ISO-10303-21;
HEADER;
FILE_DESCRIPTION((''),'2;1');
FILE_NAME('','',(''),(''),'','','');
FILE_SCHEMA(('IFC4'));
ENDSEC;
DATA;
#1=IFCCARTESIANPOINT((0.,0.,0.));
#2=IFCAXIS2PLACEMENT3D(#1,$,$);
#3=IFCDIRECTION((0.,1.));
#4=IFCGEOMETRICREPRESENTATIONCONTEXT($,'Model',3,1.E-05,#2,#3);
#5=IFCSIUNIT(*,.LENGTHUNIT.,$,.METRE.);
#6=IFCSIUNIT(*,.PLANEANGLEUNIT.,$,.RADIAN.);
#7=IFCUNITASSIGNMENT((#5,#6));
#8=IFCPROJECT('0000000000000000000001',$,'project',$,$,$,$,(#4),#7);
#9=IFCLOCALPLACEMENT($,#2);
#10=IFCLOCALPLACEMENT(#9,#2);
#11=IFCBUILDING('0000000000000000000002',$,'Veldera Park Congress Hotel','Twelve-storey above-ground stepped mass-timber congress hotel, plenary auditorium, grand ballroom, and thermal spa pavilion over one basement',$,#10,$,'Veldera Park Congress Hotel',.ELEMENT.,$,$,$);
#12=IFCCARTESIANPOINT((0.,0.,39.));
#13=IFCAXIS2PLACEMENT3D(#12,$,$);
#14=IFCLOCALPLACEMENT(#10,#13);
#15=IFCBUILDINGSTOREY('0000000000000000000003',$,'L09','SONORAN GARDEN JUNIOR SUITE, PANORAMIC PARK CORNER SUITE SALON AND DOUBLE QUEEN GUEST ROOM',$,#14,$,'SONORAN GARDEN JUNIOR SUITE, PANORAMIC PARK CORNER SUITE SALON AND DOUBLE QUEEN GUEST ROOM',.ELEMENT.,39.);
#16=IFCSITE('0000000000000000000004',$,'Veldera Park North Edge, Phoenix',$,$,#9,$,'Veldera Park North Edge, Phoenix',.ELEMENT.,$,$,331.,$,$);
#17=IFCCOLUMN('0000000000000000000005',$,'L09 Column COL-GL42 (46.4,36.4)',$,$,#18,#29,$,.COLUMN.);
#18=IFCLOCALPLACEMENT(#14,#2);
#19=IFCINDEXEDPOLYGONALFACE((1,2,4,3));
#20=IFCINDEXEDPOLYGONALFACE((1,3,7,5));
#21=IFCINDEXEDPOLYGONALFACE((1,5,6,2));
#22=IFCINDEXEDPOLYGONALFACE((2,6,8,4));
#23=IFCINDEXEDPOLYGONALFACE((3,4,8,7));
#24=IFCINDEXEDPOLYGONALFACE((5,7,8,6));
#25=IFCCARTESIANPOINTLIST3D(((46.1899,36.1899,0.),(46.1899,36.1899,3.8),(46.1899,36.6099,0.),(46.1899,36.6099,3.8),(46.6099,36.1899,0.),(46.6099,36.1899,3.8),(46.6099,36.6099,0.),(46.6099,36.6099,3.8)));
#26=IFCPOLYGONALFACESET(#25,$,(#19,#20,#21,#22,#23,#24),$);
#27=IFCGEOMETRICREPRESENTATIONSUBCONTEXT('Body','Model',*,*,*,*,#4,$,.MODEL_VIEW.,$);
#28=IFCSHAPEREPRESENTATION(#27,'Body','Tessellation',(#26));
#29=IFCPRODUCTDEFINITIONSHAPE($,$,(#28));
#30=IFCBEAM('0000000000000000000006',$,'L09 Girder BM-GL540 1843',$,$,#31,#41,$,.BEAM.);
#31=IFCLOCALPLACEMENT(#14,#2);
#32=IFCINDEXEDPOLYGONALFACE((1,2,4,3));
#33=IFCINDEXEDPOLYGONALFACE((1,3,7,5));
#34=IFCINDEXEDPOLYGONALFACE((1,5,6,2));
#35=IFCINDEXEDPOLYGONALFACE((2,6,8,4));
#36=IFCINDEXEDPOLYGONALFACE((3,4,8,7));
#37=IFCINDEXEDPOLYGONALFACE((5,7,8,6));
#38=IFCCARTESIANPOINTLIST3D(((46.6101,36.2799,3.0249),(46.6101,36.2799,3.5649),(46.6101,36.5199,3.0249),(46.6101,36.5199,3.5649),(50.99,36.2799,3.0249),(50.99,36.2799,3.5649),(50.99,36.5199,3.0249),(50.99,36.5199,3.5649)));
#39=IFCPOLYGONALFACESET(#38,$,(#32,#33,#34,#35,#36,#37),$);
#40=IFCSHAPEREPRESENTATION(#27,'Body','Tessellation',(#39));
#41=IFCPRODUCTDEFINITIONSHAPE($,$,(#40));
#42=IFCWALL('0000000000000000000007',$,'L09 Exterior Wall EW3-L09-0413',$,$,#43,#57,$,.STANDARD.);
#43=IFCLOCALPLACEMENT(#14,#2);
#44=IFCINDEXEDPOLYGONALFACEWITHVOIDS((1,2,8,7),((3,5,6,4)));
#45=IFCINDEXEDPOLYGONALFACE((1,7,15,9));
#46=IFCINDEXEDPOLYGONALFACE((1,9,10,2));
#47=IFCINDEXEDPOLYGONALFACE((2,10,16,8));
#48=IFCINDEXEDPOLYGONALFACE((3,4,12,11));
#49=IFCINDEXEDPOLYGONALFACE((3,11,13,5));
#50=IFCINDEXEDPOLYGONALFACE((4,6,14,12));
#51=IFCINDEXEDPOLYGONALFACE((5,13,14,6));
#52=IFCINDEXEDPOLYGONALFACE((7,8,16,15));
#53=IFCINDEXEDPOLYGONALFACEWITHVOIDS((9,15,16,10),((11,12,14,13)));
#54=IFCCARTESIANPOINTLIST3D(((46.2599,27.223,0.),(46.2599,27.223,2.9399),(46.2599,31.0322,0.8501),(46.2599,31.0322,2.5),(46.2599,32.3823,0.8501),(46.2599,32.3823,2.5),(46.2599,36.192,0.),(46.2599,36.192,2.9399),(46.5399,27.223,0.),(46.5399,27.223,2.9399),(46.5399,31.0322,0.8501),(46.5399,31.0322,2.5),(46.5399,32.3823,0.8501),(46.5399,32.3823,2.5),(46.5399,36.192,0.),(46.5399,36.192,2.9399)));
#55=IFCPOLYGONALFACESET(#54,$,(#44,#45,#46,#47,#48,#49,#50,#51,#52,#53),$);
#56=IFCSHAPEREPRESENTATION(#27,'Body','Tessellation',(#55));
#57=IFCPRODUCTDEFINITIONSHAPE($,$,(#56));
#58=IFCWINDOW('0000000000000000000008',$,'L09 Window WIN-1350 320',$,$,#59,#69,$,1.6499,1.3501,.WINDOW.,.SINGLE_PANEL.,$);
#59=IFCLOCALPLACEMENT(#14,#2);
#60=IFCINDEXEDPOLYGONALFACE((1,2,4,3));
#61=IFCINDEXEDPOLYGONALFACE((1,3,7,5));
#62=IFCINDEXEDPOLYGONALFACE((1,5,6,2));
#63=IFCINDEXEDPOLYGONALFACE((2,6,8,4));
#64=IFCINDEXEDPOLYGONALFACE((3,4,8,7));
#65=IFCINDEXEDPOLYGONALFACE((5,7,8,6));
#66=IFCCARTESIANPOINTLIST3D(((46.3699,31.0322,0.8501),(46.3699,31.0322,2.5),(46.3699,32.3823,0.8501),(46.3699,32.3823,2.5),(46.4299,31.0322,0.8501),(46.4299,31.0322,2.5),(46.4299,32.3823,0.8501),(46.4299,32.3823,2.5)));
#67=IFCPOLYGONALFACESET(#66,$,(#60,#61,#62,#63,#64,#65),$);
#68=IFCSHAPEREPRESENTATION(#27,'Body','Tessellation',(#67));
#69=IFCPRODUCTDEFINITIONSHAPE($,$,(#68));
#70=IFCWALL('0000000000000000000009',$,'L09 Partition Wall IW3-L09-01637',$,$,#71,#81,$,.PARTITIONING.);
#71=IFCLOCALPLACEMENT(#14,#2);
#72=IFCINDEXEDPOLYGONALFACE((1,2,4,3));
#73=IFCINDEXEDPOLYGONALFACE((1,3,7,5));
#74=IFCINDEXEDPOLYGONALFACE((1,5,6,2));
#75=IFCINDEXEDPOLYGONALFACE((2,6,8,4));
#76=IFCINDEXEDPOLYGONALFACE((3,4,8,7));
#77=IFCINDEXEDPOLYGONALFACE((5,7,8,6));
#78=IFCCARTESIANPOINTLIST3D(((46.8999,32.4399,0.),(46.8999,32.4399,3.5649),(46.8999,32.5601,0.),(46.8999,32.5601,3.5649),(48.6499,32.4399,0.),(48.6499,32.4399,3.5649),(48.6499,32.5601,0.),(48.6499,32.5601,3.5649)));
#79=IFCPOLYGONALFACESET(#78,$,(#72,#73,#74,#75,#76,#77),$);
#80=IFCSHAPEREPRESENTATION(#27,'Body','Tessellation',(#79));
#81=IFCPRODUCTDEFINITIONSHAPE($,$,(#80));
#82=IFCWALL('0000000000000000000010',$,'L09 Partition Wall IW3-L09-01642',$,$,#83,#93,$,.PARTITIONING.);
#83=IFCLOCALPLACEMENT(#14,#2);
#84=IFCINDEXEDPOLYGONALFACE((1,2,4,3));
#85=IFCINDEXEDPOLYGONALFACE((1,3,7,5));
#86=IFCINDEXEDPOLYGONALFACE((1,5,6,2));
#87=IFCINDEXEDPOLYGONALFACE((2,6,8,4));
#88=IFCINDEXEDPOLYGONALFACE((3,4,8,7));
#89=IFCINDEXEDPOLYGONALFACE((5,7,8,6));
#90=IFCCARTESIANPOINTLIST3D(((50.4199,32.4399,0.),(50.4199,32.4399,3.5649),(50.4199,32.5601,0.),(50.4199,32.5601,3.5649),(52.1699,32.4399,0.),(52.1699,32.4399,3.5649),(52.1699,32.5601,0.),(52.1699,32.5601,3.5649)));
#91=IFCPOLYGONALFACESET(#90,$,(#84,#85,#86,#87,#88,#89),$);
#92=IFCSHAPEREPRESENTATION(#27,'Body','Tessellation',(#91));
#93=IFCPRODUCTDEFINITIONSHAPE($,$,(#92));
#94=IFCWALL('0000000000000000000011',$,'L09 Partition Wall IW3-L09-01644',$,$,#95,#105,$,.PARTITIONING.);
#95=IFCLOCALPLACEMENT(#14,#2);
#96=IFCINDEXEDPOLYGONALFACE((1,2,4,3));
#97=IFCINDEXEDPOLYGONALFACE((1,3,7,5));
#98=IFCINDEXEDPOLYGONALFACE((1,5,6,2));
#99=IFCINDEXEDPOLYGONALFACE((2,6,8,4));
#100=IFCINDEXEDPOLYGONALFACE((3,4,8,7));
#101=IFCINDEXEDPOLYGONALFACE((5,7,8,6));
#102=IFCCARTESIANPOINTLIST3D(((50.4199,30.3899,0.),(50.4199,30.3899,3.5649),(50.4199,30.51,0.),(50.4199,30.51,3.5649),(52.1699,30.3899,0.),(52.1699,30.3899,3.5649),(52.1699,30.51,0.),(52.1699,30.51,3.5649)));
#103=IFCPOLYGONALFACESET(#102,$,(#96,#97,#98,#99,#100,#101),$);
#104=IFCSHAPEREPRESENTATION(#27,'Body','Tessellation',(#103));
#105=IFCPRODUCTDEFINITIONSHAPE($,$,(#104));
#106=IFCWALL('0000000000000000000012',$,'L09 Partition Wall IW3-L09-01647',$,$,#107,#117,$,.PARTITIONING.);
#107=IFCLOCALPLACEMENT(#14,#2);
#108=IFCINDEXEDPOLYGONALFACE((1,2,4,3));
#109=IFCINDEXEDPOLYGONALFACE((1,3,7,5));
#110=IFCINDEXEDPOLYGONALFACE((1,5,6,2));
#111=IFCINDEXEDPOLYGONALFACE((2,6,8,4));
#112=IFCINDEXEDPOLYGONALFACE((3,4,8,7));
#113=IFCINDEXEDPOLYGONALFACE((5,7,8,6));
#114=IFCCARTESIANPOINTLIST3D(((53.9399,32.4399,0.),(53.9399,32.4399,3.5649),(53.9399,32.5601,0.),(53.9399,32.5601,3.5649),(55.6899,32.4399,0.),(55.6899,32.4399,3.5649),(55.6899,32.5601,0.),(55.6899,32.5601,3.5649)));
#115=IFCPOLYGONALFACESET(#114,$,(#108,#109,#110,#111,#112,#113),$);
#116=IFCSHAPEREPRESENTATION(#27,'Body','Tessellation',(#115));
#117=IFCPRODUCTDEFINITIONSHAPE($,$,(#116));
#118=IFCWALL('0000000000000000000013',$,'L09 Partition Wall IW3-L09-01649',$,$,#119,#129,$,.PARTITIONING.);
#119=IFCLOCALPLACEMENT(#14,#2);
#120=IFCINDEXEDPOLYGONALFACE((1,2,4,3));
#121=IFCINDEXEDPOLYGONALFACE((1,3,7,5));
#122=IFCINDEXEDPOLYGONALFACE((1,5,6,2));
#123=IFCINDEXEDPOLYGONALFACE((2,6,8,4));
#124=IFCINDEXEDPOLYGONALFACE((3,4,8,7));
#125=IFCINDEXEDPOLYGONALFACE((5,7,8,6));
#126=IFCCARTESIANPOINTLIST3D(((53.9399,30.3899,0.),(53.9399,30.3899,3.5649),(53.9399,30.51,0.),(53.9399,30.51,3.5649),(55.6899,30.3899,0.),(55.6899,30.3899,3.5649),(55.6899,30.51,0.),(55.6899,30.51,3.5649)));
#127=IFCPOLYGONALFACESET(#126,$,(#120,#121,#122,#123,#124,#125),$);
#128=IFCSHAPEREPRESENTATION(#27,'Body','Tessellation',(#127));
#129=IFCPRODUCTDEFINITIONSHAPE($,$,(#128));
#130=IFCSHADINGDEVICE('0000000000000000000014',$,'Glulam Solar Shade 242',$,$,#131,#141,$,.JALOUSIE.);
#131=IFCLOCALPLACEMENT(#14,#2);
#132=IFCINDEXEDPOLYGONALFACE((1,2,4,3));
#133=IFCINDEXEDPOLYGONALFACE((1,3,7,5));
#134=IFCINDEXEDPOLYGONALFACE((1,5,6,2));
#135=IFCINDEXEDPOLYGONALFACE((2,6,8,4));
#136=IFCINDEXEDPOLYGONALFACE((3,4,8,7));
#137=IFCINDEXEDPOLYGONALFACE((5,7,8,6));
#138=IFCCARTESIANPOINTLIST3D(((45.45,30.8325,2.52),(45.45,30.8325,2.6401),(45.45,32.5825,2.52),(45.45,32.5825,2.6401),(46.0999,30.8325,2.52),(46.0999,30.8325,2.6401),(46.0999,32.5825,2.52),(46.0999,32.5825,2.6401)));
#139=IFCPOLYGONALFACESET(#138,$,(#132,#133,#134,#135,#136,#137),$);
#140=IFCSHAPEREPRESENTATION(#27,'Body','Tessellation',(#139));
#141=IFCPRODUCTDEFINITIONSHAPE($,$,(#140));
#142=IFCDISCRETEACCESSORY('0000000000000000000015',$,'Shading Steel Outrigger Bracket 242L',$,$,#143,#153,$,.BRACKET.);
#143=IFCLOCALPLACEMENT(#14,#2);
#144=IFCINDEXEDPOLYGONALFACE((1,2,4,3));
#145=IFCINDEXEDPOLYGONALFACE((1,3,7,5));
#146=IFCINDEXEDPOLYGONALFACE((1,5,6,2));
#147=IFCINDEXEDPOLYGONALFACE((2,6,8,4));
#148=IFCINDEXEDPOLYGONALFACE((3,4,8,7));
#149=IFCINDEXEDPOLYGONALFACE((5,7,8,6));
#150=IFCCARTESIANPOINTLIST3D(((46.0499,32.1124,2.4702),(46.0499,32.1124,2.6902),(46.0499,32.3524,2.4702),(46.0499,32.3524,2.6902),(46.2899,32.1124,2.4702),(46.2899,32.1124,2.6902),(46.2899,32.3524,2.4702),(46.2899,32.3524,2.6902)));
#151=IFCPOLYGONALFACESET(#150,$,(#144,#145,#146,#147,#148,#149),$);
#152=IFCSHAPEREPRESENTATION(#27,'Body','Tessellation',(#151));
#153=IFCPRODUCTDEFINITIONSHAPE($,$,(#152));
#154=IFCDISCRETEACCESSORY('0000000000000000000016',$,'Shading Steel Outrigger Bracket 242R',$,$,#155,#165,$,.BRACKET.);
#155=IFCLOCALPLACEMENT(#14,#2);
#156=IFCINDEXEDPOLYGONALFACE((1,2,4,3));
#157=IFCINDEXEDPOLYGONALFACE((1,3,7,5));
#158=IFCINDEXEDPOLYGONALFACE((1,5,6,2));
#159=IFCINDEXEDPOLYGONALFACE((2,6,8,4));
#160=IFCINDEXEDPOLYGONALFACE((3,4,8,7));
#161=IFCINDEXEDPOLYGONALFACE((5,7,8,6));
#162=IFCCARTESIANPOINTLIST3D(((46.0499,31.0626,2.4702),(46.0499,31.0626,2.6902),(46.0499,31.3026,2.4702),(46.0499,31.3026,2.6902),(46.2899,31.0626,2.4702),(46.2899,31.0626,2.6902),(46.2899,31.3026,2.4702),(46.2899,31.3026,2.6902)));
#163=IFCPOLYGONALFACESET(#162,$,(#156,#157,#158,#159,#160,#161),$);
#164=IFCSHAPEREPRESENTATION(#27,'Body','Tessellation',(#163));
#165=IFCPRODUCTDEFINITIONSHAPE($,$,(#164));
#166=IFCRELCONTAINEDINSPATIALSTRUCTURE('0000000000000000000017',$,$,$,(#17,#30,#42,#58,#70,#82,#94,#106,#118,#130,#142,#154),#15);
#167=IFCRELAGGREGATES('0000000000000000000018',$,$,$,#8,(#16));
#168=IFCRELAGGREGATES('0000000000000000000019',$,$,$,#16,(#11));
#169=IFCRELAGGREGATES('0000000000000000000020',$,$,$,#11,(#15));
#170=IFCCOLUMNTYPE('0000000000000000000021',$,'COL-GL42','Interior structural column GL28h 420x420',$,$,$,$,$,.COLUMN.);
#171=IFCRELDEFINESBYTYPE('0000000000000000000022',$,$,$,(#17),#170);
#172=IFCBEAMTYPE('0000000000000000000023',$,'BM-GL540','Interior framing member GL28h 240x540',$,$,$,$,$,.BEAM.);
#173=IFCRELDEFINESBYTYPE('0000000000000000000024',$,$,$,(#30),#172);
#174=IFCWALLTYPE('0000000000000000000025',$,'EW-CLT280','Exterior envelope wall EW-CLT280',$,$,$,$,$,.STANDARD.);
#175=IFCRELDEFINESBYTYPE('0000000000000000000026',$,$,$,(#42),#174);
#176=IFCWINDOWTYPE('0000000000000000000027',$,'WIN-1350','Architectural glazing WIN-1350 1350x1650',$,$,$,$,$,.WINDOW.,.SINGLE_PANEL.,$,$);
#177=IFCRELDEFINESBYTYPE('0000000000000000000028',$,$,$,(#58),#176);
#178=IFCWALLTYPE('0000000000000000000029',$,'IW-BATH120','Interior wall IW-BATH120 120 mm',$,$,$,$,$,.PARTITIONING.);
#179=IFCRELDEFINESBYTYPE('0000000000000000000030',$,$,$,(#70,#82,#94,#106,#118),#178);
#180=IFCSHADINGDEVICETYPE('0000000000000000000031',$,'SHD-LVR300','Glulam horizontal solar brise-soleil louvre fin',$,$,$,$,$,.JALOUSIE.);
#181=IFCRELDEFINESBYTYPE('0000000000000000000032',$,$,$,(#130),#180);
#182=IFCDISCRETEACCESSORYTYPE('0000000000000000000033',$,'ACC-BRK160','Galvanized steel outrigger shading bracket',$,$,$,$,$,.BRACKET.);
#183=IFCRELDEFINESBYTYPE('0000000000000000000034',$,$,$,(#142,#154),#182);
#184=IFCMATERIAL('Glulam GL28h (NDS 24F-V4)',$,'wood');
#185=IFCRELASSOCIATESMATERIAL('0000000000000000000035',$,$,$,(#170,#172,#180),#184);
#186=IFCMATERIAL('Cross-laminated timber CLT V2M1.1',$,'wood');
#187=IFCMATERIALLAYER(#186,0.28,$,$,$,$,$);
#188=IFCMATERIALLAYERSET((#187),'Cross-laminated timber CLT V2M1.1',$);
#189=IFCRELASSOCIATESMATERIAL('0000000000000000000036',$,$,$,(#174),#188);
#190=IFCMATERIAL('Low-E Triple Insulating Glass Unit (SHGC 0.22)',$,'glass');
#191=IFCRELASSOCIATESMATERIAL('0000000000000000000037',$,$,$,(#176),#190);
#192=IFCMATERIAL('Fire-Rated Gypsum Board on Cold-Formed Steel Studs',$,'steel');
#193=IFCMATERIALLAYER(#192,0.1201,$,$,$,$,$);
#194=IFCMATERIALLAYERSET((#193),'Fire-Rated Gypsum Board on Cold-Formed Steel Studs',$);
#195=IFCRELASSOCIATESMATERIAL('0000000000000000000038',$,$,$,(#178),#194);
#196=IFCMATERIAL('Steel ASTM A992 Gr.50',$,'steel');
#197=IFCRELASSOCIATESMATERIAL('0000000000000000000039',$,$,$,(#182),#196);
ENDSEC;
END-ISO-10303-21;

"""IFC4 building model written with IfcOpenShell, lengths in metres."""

from ifc_helpers import new_model, si_unit, direction, frame, frame_2d, origin, origin_2d, place, context, subcontext, project, spatial, rectangle, extrude, material, layer, layer_set, material_profile, profile_set, type_object, element, fill, save


model = new_model("IFC4")

# Units and contexts
model_context = context("Model", 3, precision=1e-05, world=origin(), true_north=direction((0.0, 1.0)))
body_context = subcontext(model_context, "Body", "Model", "MODEL_VIEW")
ifc_project = project(units=[si_unit("LENGTHUNIT", "METRE"), si_unit("PLANEANGLEUNIT", "RADIAN")], contexts=[model_context])

# Site, building, storey
site_placement = place(None, origin())
site = spatial("IfcSite", under=ifc_project, at=site_placement, Name="Veldera Park North Edge, Phoenix", LongName="Veldera Park North Edge, Phoenix", CompositionType="ELEMENT", RefElevation=331.0)
building_placement = place(site_placement, origin())
building = spatial("IfcBuilding", under=site, at=building_placement, Name="Veldera Park Congress Hotel", Description="Twelve-storey above-ground stepped mass-timber congress hotel, plenary auditorium, grand ballroom, and thermal spa pavilion over one basement", LongName="Veldera Park Congress Hotel", CompositionType="ELEMENT")
storey_placement = place(building_placement, frame((0.0, 0.0, 39.0)))
storey = spatial("IfcBuildingStorey", under=building, at=storey_placement, Name="L09", Description="SONORAN GARDEN JUNIOR SUITE, PANORAMIC PARK CORNER SUITE SALON AND DOUBLE QUEEN GUEST ROOM", LongName="SONORAN GARDEN JUNIOR SUITE, PANORAMIC PARK CORNER SUITE SALON AND DOUBLE QUEEN GUEST ROOM", CompositionType="ELEMENT", Elevation=39.0)

# Column
ifc_material_1 = material(Name="Glulam GL28h (NDS 24F-V4)", Category="wood")
ifc_material_profile_1 = material_profile(ifc_material_1, rectangle(XDim=0.4199, YDim=0.4199, at=origin_2d()), Name="GL28h 420x420")
ifc_profile_set_1 = profile_set([ifc_material_profile_1], Name="Glulam GL28h (NDS 24F-V4)")
column_type = type_object("IfcColumnType", Name="COL-GL42", Description="Interior structural column GL28h 420x420", PredefinedType="COLUMN", material=ifc_profile_set_1)
column_placement = place(storey_placement, frame((46.3999, 36.3999, 0.0), z_axis=(0.0, 0.0, 1.0), x_axis=(1.0, 0.0, 0.0)))
element("IfcColumn", 1, at=column_placement, inside=storey, type_object=column_type, Name="L09 Column COL-GL42 (46.4,36.4)", PredefinedType="COLUMN", context=body_context, shape_type="SweptSolid", body=[
    extrude(rectangle(XDim=0.4199, YDim=0.4199, at=origin_2d()), origin(), (0.0, 0.0, 1.0), 3.8),
])

# Beam
ifc_material_profile_2 = material_profile(ifc_material_1, rectangle(XDim=0.24, YDim=0.54, at=origin_2d()), Name="GL28h 240x540")
ifc_profile_set_2 = profile_set([ifc_material_profile_2], Name="Glulam GL28h (NDS 24F-V4)")
beam_type = type_object("IfcBeamType", Name="BM-GL540", Description="Interior framing member GL28h 240x540", PredefinedType="BEAM", material=ifc_profile_set_2)
beam_placement = place(storey_placement, frame((46.6101, 36.3999, 3.2949), z_axis=(1.0, 0.0, 0.0), x_axis=(0.0, 1.0, 0.0)))
element("IfcBeam", 2, at=beam_placement, inside=storey, type_object=beam_type, Name="L09 Girder BM-GL540 1843", PredefinedType="BEAM", context=body_context, shape_type="SweptSolid", body=[
    extrude(rectangle(XDim=0.24, YDim=0.54, at=origin_2d()), origin(), (0.0, 0.0, 1.0), 4.3799),
])

# Wall, opening, window
ifc_material_2 = material(Name="Cross-laminated timber CLT V2M1.1", Category="wood")
ifc_layer_1 = layer(ifc_material_2, 0.28)
ifc_layer_set_1 = layer_set([ifc_layer_1], Name="Cross-laminated timber CLT V2M1.1")
wall_type_1 = type_object("IfcWallType", Name="EW-CLT280", Description="Exterior envelope wall EW-CLT280", PredefinedType="STANDARD", material=ifc_layer_set_1)
wall_1_placement = place(storey_placement, frame((46.3999, 36.1919, 0.0), z_axis=(0.0, 0.0, 1.0), x_axis=(0.0, -1.0, 0.0)))
wall_1 = element("IfcWall", 3, at=wall_1_placement, inside=storey, type_object=wall_type_1, Name="L09 Exterior Wall EW3-L09-0413", PredefinedType="STANDARD", context=body_context, shape_type="SweptSolid", body=[
    extrude(rectangle(XDim=8.969, YDim=0.28, at=frame_2d((4.4844, 0.0))), origin(), (0.0, 0.0, 1.0), 2.9399),
])
opening_1_placement = place(wall_1_placement, frame((3.8096, 0.0, 0.8501)))
opening_1 = element("IfcOpeningElement", 4, at=opening_1_placement, cuts=wall_1, PredefinedType="OPENING", context=body_context, shape_type="SweptSolid", body=[
    extrude(rectangle(XDim=1.3501, YDim=1.6499, at=frame_2d((0.675, 0.825))), frame((0.0, 0.1521, 0.0), z_axis=(0.0, -1.0, 0.0), x_axis=(1.0, 0.0, 0.0)), (0.0, 0.0, 1.0), 0.304),
])
ifc_material_3 = material(Name="Low-E Triple Insulating Glass Unit (SHGC 0.22)", Category="glass")
window_type = type_object("IfcWindowType", Name="WIN-1350", Description="Architectural glazing WIN-1350 1350x1650", PartitioningType="SINGLE_PANEL", PredefinedType="WINDOW", material=ifc_material_3)
window_placement = place(opening_1_placement, origin())
window = element("IfcWindow", 5, at=window_placement, inside=storey, type_object=window_type, Name="L09 Window WIN-1350 320", OverallHeight=1.6499, OverallWidth=1.3501, PartitioningType="SINGLE_PANEL", PredefinedType="WINDOW", context=body_context, shape_type="SweptSolid", body=[
    extrude(rectangle(XDim=1.3501, YDim=1.6499, at=frame_2d((0.675, 0.825))), frame((0.0, 0.03, 0.0), z_axis=(0.0, -1.0, 0.0), x_axis=(1.0, 0.0, 0.0)), (0.0, 0.0, 1.0), 0.0601),
])
fill(opening_1, window)

# Wall
ifc_material_4 = material(Name="Fire-Rated Gypsum Board on Cold-Formed Steel Studs", Category="steel")
ifc_layer_2 = layer(ifc_material_4, 0.1201)
ifc_layer_set_2 = layer_set([ifc_layer_2], Name="Fire-Rated Gypsum Board on Cold-Formed Steel Studs")
wall_type_2 = type_object("IfcWallType", Name="IW-BATH120", Description="Interior wall IW-BATH120 120 mm", PredefinedType="PARTITIONING", material=ifc_layer_set_2)
wall_2_placement = place(storey_placement, frame((46.8999, 32.5, 0.0), z_axis=(0.0, 0.0, 1.0), x_axis=(1.0, 0.0, 0.0)))
element("IfcWall", 6, at=wall_2_placement, inside=storey, type_object=wall_type_2, Name="L09 Partition Wall IW3-L09-01637", PredefinedType="PARTITIONING", context=body_context, shape_type="SweptSolid", body=[
    extrude(rectangle(XDim=1.75, YDim=0.1201, at=frame_2d((0.875, 0.0))), origin(), (0.0, 0.0, 1.0), 3.5649),
])

# Wall
wall_3_placement = place(storey_placement, frame((50.4199, 32.5, 0.0), z_axis=(0.0, 0.0, 1.0), x_axis=(1.0, 0.0, 0.0)))
element("IfcWall", 7, at=wall_3_placement, inside=storey, type_object=wall_type_2, Name="L09 Partition Wall IW3-L09-01642", PredefinedType="PARTITIONING", context=body_context, shape_type="SweptSolid", body=[
    extrude(rectangle(XDim=1.75, YDim=0.1201, at=frame_2d((0.875, 0.0))), origin(), (0.0, 0.0, 1.0), 3.5649),
])

# Walls
for number, where, z_axis, x_axis, name in (
    (8, (50.4199, 30.45, 0.0), (0.0, 0.0, 1.0), (1.0, 0.0, 0.0), "L09 Partition Wall IW3-L09-01644"),
    (9, (53.9399, 32.5, 0.0), (0.0, 0.0, 1.0), (1.0, 0.0, 0.0), "L09 Partition Wall IW3-L09-01647"),
):
    element("IfcWall", number, at=place(storey_placement, frame(where, z_axis=z_axis, x_axis=x_axis)), inside=storey, type_object=wall_type_2, Name=name, PredefinedType="PARTITIONING", context=body_context, shape_type="SweptSolid", body=[
        extrude(rectangle(XDim=1.75, YDim=0.1201, at=frame_2d((0.875, 0.0))), origin(), (0.0, 0.0, 1.0), 3.5649),
    ])

# Wall
wall_4_placement = place(storey_placement, frame((53.9399, 30.45, 0.0), z_axis=(0.0, 0.0, 1.0), x_axis=(1.0, 0.0, 0.0)))
element("IfcWall", 10, at=wall_4_placement, inside=storey, type_object=wall_type_2, Name="L09 Partition Wall IW3-L09-01649", PredefinedType="PARTITIONING", context=body_context, shape_type="SweptSolid", body=[
    extrude(rectangle(XDim=1.75, YDim=0.1201, at=frame_2d((0.875, 0.0))), origin(), (0.0, 0.0, 1.0), 3.5649),
])

# Shading device
shading_device_type = type_object("IfcShadingDeviceType", Name="SHD-LVR300", Description="Glulam horizontal solar brise-soleil louvre fin", PredefinedType="JALOUSIE", material=ifc_material_1)
shading_device_placement = place(storey_placement, frame((45.7749, 31.7075, 2.52), z_axis=(0.0, 0.0, 1.0), x_axis=(0.0, -1.0, 0.0)))
element("IfcShadingDevice", 11, at=shading_device_placement, inside=storey, type_object=shading_device_type, Name="Glulam Solar Shade 242", PredefinedType="JALOUSIE", context=body_context, shape_type="SweptSolid", body=[
    extrude(rectangle(XDim=1.75, YDim=0.6499, at=origin_2d()), origin(), (0.0, 0.0, 1.0), 0.1201),
])

# Discrete accessories
ifc_material_5 = material(Name="Steel ASTM A992 Gr.50", Category="steel")
discrete_accessory_type = type_object("IfcDiscreteAccessoryType", Name="ACC-BRK160", Description="Galvanized steel outrigger shading bracket", PredefinedType="BRACKET", material=ifc_material_5)
for number, where, z_axis, x_axis, name in (
    (12, (46.1699, 32.2324, 2.4702), (0.0, 0.0, 1.0), (0.0, -1.0, 0.0), "Shading Steel Outrigger Bracket 242L"),
    (13, (46.1699, 31.1826, 2.4702), (0.0, 0.0, 1.0), (0.0, -1.0, 0.0), "Shading Steel Outrigger Bracket 242R"),
):
    element("IfcDiscreteAccessory", number, at=place(storey_placement, frame(where, z_axis=z_axis, x_axis=x_axis)), inside=storey, type_object=discrete_accessory_type, Name=name, PredefinedType="BRACKET", context=body_context, shape_type="SweptSolid", body=[
        extrude(rectangle(XDim=0.24, YDim=0.24, at=origin_2d()), origin(), (0.0, 0.0, 1.0), 0.22),
    ])

save(model, "model.ifc")
